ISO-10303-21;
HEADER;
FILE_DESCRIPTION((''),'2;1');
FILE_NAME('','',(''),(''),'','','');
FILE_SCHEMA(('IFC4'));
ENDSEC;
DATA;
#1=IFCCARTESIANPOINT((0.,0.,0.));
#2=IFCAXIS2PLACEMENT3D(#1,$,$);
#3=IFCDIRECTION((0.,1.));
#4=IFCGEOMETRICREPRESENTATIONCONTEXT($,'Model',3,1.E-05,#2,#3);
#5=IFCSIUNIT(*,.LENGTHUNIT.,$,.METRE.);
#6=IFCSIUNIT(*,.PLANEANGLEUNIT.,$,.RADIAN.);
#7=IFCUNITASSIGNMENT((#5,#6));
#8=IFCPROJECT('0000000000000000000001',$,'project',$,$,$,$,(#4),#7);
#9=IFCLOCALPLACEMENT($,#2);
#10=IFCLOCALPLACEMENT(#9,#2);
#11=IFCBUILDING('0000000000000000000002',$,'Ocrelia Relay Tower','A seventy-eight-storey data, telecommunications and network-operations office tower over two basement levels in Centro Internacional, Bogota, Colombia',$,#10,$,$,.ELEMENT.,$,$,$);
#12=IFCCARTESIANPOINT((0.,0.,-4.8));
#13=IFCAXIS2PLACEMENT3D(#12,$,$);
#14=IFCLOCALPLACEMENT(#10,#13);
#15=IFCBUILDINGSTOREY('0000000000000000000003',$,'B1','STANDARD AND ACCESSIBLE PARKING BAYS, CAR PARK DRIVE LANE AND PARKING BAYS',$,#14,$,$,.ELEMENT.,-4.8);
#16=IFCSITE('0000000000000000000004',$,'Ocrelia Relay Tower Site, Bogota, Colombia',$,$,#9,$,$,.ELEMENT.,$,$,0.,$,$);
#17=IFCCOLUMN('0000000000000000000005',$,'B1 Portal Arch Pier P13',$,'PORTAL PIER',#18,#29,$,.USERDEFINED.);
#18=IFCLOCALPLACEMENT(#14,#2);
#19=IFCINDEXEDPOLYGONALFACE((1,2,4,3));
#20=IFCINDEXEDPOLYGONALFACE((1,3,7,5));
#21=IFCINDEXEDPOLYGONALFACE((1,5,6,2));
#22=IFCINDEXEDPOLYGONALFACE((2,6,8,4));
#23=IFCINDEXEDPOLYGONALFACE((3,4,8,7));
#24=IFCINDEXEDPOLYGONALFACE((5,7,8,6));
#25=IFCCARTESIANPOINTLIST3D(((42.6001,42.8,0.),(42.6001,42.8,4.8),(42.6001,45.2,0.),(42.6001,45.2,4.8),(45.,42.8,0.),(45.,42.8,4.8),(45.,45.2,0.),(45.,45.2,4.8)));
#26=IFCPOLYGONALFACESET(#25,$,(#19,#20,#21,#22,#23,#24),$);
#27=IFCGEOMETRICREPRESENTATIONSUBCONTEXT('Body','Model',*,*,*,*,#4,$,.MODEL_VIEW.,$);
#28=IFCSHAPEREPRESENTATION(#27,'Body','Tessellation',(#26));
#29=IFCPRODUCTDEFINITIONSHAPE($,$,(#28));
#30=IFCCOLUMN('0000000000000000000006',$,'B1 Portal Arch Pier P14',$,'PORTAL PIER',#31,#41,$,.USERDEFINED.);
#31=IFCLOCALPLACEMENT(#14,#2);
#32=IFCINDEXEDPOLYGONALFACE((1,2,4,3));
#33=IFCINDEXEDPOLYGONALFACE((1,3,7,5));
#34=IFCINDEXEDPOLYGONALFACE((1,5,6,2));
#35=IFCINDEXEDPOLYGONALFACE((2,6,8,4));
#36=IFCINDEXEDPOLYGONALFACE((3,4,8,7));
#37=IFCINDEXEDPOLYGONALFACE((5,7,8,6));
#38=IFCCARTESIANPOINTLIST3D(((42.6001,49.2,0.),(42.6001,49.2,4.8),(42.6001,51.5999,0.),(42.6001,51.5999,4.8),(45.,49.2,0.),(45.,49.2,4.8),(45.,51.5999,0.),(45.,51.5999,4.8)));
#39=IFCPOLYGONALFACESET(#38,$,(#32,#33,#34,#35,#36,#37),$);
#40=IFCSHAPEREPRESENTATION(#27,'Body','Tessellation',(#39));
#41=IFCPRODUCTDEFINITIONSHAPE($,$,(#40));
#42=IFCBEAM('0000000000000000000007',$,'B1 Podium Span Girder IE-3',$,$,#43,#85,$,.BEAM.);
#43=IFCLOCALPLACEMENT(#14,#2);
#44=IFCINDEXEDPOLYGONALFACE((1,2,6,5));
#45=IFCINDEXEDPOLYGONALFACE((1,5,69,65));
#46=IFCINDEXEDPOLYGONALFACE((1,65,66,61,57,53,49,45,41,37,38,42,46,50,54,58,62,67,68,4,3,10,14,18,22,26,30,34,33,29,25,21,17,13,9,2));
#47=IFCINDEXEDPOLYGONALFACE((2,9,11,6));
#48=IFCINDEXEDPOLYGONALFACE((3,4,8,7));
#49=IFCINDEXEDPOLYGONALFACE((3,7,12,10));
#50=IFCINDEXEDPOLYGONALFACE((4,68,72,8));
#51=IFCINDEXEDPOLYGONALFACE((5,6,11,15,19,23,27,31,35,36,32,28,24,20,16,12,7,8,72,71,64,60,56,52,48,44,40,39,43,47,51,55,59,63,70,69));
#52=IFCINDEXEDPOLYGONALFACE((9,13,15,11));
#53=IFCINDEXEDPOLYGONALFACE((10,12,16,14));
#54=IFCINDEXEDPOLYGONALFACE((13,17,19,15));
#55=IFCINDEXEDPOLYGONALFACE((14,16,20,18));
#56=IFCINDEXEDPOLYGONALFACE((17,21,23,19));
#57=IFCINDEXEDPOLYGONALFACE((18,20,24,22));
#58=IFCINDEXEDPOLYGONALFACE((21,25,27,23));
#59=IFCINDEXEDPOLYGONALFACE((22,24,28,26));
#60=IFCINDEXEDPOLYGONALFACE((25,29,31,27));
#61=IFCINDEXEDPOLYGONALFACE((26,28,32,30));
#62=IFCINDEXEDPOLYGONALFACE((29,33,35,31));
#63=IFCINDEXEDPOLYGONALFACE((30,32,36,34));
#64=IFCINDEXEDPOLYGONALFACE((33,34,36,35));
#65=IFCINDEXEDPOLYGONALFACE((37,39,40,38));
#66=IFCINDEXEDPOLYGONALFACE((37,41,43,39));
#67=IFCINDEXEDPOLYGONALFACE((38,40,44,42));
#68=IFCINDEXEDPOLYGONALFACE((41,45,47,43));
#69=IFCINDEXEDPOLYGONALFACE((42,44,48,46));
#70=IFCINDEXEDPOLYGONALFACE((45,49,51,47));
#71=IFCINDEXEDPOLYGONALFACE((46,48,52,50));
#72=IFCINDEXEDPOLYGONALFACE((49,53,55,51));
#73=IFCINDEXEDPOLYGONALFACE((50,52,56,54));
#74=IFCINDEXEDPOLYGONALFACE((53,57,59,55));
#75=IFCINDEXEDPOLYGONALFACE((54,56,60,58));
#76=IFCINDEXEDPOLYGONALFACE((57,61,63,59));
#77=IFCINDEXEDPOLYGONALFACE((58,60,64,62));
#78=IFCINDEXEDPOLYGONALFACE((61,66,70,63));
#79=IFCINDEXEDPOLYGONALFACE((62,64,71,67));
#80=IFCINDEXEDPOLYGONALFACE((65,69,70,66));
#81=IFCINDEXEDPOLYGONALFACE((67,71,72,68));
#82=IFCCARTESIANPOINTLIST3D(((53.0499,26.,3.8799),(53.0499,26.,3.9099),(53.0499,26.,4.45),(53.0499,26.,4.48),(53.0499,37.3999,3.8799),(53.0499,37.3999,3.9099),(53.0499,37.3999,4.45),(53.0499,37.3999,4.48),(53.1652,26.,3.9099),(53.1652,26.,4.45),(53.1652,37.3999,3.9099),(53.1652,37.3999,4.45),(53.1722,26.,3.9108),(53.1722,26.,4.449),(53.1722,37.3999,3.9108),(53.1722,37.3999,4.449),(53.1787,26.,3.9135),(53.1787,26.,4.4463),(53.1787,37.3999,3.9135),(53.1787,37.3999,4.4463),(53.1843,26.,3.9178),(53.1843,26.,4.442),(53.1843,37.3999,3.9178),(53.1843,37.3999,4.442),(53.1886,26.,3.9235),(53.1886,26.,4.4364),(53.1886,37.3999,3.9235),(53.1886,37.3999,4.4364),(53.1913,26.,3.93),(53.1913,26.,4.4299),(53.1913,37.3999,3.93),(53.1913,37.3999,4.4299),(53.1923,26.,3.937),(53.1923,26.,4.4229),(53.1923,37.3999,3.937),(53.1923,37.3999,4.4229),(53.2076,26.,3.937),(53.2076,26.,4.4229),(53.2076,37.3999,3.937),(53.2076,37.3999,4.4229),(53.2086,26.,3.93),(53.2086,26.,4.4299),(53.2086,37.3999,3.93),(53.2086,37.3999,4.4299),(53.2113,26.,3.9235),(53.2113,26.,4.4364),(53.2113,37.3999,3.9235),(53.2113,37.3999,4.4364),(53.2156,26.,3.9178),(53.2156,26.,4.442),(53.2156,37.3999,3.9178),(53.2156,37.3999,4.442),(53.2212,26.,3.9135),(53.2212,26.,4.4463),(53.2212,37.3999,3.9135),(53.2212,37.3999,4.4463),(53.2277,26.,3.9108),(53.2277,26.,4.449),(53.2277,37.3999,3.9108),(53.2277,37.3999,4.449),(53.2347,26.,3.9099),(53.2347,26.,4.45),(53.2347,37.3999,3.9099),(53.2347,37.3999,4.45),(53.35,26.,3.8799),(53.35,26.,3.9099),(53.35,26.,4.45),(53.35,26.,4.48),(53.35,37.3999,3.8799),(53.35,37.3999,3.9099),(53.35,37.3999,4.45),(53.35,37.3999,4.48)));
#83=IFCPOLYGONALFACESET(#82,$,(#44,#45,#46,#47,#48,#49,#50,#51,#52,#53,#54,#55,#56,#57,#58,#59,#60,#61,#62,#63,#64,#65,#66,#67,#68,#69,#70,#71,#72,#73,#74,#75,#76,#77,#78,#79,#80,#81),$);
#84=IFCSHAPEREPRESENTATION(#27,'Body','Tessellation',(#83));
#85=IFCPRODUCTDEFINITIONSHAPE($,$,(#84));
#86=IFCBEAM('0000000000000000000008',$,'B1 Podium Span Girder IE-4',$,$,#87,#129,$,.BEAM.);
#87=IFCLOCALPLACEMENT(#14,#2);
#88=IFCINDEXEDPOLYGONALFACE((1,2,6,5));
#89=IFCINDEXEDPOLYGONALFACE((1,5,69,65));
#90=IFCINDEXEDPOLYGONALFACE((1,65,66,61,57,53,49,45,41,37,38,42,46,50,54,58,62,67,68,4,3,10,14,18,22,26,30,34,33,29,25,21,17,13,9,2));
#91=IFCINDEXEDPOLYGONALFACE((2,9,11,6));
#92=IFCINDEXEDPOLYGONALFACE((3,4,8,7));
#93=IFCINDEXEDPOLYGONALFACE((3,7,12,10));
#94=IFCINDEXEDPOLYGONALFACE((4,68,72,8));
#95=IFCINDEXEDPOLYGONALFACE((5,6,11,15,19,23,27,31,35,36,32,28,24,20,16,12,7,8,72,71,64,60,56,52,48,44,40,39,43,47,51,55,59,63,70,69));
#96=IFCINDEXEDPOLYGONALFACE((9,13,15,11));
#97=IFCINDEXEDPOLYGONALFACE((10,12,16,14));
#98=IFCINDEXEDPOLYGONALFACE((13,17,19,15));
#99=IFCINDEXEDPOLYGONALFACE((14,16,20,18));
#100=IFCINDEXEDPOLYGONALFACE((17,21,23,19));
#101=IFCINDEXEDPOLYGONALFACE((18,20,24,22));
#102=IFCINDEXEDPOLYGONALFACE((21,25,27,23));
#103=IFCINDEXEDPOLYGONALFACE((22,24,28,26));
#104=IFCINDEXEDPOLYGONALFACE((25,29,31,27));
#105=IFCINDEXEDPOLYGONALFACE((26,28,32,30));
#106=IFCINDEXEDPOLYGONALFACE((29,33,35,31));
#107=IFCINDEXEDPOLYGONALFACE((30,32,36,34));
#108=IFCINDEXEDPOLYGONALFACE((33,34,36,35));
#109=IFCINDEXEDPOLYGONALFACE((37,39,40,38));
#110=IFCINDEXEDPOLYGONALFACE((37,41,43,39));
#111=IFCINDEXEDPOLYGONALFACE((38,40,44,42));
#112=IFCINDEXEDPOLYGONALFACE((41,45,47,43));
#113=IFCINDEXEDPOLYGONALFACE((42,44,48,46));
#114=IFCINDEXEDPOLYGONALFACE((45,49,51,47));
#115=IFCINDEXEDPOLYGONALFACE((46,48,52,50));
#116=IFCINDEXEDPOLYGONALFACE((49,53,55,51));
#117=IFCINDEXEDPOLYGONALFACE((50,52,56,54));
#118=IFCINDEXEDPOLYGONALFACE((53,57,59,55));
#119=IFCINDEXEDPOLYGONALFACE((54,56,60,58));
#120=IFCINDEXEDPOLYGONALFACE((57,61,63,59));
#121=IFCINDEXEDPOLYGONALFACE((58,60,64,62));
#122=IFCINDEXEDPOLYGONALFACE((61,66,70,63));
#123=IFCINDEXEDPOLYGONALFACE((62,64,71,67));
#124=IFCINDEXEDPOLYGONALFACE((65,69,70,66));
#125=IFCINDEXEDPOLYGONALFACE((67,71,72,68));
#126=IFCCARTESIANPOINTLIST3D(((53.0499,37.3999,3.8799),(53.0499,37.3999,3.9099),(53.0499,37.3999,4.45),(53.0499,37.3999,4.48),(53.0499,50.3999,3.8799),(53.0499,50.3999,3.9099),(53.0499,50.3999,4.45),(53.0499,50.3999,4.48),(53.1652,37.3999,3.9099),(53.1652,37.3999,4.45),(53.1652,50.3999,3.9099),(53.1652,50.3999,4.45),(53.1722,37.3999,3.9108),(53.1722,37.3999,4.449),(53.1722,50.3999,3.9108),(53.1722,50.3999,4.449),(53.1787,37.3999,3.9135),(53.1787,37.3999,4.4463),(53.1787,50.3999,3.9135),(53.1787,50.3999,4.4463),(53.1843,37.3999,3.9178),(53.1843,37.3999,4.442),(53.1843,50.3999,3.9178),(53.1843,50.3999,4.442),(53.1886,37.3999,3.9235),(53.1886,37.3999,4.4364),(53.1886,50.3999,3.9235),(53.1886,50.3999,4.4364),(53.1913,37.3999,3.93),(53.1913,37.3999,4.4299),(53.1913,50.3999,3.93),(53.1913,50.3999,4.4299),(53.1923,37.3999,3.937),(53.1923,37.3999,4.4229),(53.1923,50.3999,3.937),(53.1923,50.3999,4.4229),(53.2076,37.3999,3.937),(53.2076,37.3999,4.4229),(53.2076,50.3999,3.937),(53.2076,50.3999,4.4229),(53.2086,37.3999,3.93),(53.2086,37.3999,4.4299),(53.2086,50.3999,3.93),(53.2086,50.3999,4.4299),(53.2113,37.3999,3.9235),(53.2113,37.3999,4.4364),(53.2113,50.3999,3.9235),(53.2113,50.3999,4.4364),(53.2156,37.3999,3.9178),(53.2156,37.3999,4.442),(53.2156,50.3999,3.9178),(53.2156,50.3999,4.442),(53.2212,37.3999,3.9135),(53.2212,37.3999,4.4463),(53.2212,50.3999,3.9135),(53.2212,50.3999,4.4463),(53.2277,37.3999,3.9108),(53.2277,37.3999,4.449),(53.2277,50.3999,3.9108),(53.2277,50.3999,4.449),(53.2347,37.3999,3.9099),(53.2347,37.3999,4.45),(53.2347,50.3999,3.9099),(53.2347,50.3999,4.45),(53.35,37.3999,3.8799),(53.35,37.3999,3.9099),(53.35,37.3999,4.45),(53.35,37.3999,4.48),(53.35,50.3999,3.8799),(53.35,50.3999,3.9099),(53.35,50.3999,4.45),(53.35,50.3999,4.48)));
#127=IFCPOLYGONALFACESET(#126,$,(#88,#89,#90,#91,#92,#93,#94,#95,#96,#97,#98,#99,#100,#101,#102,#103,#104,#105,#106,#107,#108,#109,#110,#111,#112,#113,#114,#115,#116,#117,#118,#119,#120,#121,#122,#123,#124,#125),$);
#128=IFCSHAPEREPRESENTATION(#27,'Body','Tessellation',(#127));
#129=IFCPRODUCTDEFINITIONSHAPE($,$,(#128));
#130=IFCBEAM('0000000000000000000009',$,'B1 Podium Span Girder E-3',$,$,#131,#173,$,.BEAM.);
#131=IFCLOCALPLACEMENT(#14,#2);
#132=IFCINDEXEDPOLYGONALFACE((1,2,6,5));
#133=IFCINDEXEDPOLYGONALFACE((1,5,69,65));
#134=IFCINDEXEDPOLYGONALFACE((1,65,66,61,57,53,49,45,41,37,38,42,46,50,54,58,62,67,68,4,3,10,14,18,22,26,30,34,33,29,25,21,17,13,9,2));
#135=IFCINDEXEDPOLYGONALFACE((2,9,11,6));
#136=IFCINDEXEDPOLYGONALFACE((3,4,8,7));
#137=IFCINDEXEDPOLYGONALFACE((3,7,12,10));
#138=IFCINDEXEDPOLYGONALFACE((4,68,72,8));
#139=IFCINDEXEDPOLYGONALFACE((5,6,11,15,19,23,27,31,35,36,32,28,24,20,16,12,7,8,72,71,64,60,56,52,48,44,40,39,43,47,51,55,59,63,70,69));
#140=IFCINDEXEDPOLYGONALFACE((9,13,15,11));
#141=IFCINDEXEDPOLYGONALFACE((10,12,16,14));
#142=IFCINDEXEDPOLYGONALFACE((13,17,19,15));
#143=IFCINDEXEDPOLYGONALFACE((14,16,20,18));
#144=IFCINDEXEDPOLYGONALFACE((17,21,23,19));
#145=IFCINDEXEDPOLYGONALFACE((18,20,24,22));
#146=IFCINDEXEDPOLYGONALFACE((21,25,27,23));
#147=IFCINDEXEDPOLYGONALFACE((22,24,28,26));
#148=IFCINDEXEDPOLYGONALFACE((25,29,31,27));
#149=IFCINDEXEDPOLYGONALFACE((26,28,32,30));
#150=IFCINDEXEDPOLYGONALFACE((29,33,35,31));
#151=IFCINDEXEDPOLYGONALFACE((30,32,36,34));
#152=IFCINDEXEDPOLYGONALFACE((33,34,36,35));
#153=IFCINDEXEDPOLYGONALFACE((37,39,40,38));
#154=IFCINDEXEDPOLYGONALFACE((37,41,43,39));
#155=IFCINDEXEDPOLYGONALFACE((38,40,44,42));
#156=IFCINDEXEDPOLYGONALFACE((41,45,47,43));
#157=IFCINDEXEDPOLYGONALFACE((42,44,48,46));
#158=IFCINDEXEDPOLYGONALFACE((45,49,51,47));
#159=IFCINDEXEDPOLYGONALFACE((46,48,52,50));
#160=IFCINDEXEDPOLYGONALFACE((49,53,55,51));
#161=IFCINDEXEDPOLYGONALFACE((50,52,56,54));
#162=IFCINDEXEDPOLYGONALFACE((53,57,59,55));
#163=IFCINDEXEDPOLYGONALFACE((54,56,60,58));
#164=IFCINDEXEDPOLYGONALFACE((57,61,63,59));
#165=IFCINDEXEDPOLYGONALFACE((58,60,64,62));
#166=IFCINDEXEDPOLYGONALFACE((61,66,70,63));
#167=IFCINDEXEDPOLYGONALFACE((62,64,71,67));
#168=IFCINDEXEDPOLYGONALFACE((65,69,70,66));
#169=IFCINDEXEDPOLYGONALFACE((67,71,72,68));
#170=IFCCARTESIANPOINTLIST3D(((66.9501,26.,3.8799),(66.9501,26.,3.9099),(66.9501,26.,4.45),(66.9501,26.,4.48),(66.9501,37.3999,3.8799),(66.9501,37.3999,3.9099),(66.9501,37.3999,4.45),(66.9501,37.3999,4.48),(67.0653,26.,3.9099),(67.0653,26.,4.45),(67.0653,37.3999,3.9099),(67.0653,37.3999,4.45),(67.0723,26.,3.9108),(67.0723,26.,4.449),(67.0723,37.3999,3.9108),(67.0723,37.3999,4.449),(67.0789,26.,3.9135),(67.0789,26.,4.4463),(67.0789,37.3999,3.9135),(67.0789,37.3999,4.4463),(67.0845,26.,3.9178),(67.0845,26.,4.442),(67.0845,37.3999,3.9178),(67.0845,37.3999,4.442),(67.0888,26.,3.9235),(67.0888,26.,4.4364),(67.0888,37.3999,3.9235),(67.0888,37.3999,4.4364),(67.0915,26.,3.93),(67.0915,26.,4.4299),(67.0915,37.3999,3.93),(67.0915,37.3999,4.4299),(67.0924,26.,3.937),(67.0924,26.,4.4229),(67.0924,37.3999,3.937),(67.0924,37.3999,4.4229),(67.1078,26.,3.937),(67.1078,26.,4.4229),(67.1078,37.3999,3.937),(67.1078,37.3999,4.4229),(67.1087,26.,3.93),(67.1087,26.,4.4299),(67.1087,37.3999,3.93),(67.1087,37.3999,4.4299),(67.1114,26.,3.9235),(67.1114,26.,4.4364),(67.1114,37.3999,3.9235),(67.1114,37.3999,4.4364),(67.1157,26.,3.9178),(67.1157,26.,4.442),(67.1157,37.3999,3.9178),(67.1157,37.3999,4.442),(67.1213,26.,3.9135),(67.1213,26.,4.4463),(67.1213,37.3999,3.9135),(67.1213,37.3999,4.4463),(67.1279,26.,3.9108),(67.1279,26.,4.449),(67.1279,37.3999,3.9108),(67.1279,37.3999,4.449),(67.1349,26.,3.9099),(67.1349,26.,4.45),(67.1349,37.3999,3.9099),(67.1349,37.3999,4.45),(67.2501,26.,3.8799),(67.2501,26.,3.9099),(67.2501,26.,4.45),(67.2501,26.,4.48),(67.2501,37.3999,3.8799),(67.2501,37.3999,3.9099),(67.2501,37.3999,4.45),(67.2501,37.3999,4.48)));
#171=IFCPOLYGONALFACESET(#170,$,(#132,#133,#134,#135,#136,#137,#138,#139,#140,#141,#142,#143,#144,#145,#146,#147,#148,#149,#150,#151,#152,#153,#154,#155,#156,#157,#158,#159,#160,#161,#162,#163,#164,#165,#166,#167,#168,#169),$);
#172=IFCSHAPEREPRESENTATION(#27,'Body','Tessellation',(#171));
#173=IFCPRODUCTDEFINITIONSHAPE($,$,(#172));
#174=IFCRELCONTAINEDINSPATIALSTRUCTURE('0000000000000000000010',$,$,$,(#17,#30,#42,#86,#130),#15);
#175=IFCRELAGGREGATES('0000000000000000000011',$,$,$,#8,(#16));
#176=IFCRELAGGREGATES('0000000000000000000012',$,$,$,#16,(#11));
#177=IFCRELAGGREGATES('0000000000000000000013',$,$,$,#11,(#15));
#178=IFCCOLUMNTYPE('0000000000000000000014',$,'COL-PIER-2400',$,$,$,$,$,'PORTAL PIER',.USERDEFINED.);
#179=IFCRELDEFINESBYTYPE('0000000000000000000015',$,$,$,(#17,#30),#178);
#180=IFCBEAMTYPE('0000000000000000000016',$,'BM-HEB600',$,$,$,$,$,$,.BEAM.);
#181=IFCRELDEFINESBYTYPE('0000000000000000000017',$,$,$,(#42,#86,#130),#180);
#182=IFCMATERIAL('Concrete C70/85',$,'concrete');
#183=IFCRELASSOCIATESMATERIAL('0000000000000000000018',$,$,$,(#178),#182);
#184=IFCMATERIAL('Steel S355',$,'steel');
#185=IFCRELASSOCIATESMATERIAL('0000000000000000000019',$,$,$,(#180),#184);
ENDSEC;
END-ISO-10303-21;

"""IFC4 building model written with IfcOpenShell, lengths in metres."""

from ifc_helpers import new_model, si_unit, direction, frame, origin, origin_2d, place, context, subcontext, project, spatial, rectangle, i_section, extrude, material, material_profile, profile_set, type_object, element, save


model = new_model("IFC4")

# Units and contexts
model_context = context("Model", 3, precision=1e-05, world=origin(), true_north=direction((0.0, 1.0)))
body_context = subcontext(model_context, "Body", "Model", "MODEL_VIEW")
ifc_project = project(units=[si_unit("LENGTHUNIT", "METRE"), si_unit("PLANEANGLEUNIT", "RADIAN")], contexts=[model_context])

# Site, building, storey
site_placement = place(None, origin())
site = spatial("IfcSite", under=ifc_project, at=site_placement, Name="Ocrelia Relay Tower Site, Bogota, Colombia", CompositionType="ELEMENT", RefElevation=0.0)
building_placement = place(site_placement, origin())
building = spatial("IfcBuilding", under=site, at=building_placement, Name="Ocrelia Relay Tower", Description="A seventy-eight-storey data, telecommunications and network-operations office tower over two basement levels in Centro Internacional, Bogota, Colombia", CompositionType="ELEMENT")
storey_placement = place(building_placement, frame((0.0, 0.0, -4.8)))
storey = spatial("IfcBuildingStorey", under=building, at=storey_placement, Name="B1", Description="STANDARD AND ACCESSIBLE PARKING BAYS, CAR PARK DRIVE LANE AND PARKING BAYS", CompositionType="ELEMENT", Elevation=-4.8)

# Columns
ifc_material_1 = material(Name="Concrete C70/85", Category="concrete")
ifc_material_profile_1 = material_profile(ifc_material_1, rectangle(XDim=2.3999, YDim=2.3999, at=origin_2d()), Name="RC-PIER-2400x2400")
ifc_profile_set_1 = profile_set([ifc_material_profile_1], Name="Concrete C70/85")
column_type_1 = type_object("IfcColumnType", Name="COL-PIER-2400", ElementType="PORTAL PIER", PredefinedType="USERDEFINED", material=ifc_profile_set_1)
for number, where, z_axis, x_axis, name in (
    (1, (43.8, 44.0, 0.0), (0.0, 0.0, 1.0), (1.0, 0.0, 0.0), "B1 Portal Arch Pier P13"),
    (2, (43.8, 50.3999, 0.0), (0.0, 0.0, 1.0), (1.0, 0.0, 0.0), "B1 Portal Arch Pier P14"),
):
    element("IfcColumn", number, at=place(storey_placement, frame(where, z_axis=z_axis, x_axis=x_axis)), inside=storey, type_object=column_type_1, Name=name, ObjectType="PORTAL PIER", PredefinedType="USERDEFINED", context=body_context, shape_type="SweptSolid", body=[
        extrude(rectangle(XDim=2.3999, YDim=2.3999, at=origin_2d()), origin(), (0.0, 0.0, 1.0), 4.8),
    ])

# Beams
ifc_material_2 = material(Name="Steel S355", Category="steel")
ifc_material_profile_2 = material_profile(ifc_material_2, i_section(OverallWidth=0.3, OverallDepth=0.6001, WebThickness=0.0154, FlangeThickness=0.03, FilletRadius=0.0271, at=origin_2d()), Name="HEB 600")
ifc_profile_set_2 = profile_set([ifc_material_profile_2], Name="Steel S355")
beam_type_1 = type_object("IfcBeamType", Name="BM-HEB600", PredefinedType="BEAM", material=ifc_profile_set_2)
beam_1_placement = place(storey_placement, frame((53.2, 26.0, 4.1799), z_axis=(0.0, 1.0, 0.0), x_axis=(-1.0, 0.0, 0.0)))
element("IfcBeam", 3, at=beam_1_placement, inside=storey, type_object=beam_type_1, Name="B1 Podium Span Girder IE-3", PredefinedType="BEAM", context=body_context, shape_type="SweptSolid", body=[
    extrude(i_section(OverallWidth=0.3, OverallDepth=0.6001, WebThickness=0.0154, FlangeThickness=0.03, FilletRadius=0.0271, at=origin_2d()), origin(), (0.0, 0.0, 1.0), 11.3999),
])
beam_2_placement = place(storey_placement, frame((53.2, 37.3999, 4.1799), z_axis=(0.0, 1.0, 0.0), x_axis=(-1.0, 0.0, 0.0)))
element("IfcBeam", 4, at=beam_2_placement, inside=storey, type_object=beam_type_1, Name="B1 Podium Span Girder IE-4", PredefinedType="BEAM", context=body_context, shape_type="SweptSolid", body=[
    extrude(i_section(OverallWidth=0.3, OverallDepth=0.6001, WebThickness=0.0154, FlangeThickness=0.03, FilletRadius=0.0271, at=origin_2d()), origin(), (0.0, 0.0, 1.0), 13.0),
])
beam_3_placement = place(storey_placement, frame((67.1001, 26.0, 4.1799), z_axis=(0.0, 1.0, 0.0), x_axis=(-1.0, 0.0, 0.0)))
element("IfcBeam", 5, at=beam_3_placement, inside=storey, type_object=beam_type_1, Name="B1 Podium Span Girder E-3", PredefinedType="BEAM", context=body_context, shape_type="SweptSolid", body=[
    extrude(i_section(OverallWidth=0.3, OverallDepth=0.6001, WebThickness=0.0154, FlangeThickness=0.03, FilletRadius=0.0271, at=origin_2d()), origin(), (0.0, 0.0, 1.0), 11.3999),
])

save(model, "model.ifc")
